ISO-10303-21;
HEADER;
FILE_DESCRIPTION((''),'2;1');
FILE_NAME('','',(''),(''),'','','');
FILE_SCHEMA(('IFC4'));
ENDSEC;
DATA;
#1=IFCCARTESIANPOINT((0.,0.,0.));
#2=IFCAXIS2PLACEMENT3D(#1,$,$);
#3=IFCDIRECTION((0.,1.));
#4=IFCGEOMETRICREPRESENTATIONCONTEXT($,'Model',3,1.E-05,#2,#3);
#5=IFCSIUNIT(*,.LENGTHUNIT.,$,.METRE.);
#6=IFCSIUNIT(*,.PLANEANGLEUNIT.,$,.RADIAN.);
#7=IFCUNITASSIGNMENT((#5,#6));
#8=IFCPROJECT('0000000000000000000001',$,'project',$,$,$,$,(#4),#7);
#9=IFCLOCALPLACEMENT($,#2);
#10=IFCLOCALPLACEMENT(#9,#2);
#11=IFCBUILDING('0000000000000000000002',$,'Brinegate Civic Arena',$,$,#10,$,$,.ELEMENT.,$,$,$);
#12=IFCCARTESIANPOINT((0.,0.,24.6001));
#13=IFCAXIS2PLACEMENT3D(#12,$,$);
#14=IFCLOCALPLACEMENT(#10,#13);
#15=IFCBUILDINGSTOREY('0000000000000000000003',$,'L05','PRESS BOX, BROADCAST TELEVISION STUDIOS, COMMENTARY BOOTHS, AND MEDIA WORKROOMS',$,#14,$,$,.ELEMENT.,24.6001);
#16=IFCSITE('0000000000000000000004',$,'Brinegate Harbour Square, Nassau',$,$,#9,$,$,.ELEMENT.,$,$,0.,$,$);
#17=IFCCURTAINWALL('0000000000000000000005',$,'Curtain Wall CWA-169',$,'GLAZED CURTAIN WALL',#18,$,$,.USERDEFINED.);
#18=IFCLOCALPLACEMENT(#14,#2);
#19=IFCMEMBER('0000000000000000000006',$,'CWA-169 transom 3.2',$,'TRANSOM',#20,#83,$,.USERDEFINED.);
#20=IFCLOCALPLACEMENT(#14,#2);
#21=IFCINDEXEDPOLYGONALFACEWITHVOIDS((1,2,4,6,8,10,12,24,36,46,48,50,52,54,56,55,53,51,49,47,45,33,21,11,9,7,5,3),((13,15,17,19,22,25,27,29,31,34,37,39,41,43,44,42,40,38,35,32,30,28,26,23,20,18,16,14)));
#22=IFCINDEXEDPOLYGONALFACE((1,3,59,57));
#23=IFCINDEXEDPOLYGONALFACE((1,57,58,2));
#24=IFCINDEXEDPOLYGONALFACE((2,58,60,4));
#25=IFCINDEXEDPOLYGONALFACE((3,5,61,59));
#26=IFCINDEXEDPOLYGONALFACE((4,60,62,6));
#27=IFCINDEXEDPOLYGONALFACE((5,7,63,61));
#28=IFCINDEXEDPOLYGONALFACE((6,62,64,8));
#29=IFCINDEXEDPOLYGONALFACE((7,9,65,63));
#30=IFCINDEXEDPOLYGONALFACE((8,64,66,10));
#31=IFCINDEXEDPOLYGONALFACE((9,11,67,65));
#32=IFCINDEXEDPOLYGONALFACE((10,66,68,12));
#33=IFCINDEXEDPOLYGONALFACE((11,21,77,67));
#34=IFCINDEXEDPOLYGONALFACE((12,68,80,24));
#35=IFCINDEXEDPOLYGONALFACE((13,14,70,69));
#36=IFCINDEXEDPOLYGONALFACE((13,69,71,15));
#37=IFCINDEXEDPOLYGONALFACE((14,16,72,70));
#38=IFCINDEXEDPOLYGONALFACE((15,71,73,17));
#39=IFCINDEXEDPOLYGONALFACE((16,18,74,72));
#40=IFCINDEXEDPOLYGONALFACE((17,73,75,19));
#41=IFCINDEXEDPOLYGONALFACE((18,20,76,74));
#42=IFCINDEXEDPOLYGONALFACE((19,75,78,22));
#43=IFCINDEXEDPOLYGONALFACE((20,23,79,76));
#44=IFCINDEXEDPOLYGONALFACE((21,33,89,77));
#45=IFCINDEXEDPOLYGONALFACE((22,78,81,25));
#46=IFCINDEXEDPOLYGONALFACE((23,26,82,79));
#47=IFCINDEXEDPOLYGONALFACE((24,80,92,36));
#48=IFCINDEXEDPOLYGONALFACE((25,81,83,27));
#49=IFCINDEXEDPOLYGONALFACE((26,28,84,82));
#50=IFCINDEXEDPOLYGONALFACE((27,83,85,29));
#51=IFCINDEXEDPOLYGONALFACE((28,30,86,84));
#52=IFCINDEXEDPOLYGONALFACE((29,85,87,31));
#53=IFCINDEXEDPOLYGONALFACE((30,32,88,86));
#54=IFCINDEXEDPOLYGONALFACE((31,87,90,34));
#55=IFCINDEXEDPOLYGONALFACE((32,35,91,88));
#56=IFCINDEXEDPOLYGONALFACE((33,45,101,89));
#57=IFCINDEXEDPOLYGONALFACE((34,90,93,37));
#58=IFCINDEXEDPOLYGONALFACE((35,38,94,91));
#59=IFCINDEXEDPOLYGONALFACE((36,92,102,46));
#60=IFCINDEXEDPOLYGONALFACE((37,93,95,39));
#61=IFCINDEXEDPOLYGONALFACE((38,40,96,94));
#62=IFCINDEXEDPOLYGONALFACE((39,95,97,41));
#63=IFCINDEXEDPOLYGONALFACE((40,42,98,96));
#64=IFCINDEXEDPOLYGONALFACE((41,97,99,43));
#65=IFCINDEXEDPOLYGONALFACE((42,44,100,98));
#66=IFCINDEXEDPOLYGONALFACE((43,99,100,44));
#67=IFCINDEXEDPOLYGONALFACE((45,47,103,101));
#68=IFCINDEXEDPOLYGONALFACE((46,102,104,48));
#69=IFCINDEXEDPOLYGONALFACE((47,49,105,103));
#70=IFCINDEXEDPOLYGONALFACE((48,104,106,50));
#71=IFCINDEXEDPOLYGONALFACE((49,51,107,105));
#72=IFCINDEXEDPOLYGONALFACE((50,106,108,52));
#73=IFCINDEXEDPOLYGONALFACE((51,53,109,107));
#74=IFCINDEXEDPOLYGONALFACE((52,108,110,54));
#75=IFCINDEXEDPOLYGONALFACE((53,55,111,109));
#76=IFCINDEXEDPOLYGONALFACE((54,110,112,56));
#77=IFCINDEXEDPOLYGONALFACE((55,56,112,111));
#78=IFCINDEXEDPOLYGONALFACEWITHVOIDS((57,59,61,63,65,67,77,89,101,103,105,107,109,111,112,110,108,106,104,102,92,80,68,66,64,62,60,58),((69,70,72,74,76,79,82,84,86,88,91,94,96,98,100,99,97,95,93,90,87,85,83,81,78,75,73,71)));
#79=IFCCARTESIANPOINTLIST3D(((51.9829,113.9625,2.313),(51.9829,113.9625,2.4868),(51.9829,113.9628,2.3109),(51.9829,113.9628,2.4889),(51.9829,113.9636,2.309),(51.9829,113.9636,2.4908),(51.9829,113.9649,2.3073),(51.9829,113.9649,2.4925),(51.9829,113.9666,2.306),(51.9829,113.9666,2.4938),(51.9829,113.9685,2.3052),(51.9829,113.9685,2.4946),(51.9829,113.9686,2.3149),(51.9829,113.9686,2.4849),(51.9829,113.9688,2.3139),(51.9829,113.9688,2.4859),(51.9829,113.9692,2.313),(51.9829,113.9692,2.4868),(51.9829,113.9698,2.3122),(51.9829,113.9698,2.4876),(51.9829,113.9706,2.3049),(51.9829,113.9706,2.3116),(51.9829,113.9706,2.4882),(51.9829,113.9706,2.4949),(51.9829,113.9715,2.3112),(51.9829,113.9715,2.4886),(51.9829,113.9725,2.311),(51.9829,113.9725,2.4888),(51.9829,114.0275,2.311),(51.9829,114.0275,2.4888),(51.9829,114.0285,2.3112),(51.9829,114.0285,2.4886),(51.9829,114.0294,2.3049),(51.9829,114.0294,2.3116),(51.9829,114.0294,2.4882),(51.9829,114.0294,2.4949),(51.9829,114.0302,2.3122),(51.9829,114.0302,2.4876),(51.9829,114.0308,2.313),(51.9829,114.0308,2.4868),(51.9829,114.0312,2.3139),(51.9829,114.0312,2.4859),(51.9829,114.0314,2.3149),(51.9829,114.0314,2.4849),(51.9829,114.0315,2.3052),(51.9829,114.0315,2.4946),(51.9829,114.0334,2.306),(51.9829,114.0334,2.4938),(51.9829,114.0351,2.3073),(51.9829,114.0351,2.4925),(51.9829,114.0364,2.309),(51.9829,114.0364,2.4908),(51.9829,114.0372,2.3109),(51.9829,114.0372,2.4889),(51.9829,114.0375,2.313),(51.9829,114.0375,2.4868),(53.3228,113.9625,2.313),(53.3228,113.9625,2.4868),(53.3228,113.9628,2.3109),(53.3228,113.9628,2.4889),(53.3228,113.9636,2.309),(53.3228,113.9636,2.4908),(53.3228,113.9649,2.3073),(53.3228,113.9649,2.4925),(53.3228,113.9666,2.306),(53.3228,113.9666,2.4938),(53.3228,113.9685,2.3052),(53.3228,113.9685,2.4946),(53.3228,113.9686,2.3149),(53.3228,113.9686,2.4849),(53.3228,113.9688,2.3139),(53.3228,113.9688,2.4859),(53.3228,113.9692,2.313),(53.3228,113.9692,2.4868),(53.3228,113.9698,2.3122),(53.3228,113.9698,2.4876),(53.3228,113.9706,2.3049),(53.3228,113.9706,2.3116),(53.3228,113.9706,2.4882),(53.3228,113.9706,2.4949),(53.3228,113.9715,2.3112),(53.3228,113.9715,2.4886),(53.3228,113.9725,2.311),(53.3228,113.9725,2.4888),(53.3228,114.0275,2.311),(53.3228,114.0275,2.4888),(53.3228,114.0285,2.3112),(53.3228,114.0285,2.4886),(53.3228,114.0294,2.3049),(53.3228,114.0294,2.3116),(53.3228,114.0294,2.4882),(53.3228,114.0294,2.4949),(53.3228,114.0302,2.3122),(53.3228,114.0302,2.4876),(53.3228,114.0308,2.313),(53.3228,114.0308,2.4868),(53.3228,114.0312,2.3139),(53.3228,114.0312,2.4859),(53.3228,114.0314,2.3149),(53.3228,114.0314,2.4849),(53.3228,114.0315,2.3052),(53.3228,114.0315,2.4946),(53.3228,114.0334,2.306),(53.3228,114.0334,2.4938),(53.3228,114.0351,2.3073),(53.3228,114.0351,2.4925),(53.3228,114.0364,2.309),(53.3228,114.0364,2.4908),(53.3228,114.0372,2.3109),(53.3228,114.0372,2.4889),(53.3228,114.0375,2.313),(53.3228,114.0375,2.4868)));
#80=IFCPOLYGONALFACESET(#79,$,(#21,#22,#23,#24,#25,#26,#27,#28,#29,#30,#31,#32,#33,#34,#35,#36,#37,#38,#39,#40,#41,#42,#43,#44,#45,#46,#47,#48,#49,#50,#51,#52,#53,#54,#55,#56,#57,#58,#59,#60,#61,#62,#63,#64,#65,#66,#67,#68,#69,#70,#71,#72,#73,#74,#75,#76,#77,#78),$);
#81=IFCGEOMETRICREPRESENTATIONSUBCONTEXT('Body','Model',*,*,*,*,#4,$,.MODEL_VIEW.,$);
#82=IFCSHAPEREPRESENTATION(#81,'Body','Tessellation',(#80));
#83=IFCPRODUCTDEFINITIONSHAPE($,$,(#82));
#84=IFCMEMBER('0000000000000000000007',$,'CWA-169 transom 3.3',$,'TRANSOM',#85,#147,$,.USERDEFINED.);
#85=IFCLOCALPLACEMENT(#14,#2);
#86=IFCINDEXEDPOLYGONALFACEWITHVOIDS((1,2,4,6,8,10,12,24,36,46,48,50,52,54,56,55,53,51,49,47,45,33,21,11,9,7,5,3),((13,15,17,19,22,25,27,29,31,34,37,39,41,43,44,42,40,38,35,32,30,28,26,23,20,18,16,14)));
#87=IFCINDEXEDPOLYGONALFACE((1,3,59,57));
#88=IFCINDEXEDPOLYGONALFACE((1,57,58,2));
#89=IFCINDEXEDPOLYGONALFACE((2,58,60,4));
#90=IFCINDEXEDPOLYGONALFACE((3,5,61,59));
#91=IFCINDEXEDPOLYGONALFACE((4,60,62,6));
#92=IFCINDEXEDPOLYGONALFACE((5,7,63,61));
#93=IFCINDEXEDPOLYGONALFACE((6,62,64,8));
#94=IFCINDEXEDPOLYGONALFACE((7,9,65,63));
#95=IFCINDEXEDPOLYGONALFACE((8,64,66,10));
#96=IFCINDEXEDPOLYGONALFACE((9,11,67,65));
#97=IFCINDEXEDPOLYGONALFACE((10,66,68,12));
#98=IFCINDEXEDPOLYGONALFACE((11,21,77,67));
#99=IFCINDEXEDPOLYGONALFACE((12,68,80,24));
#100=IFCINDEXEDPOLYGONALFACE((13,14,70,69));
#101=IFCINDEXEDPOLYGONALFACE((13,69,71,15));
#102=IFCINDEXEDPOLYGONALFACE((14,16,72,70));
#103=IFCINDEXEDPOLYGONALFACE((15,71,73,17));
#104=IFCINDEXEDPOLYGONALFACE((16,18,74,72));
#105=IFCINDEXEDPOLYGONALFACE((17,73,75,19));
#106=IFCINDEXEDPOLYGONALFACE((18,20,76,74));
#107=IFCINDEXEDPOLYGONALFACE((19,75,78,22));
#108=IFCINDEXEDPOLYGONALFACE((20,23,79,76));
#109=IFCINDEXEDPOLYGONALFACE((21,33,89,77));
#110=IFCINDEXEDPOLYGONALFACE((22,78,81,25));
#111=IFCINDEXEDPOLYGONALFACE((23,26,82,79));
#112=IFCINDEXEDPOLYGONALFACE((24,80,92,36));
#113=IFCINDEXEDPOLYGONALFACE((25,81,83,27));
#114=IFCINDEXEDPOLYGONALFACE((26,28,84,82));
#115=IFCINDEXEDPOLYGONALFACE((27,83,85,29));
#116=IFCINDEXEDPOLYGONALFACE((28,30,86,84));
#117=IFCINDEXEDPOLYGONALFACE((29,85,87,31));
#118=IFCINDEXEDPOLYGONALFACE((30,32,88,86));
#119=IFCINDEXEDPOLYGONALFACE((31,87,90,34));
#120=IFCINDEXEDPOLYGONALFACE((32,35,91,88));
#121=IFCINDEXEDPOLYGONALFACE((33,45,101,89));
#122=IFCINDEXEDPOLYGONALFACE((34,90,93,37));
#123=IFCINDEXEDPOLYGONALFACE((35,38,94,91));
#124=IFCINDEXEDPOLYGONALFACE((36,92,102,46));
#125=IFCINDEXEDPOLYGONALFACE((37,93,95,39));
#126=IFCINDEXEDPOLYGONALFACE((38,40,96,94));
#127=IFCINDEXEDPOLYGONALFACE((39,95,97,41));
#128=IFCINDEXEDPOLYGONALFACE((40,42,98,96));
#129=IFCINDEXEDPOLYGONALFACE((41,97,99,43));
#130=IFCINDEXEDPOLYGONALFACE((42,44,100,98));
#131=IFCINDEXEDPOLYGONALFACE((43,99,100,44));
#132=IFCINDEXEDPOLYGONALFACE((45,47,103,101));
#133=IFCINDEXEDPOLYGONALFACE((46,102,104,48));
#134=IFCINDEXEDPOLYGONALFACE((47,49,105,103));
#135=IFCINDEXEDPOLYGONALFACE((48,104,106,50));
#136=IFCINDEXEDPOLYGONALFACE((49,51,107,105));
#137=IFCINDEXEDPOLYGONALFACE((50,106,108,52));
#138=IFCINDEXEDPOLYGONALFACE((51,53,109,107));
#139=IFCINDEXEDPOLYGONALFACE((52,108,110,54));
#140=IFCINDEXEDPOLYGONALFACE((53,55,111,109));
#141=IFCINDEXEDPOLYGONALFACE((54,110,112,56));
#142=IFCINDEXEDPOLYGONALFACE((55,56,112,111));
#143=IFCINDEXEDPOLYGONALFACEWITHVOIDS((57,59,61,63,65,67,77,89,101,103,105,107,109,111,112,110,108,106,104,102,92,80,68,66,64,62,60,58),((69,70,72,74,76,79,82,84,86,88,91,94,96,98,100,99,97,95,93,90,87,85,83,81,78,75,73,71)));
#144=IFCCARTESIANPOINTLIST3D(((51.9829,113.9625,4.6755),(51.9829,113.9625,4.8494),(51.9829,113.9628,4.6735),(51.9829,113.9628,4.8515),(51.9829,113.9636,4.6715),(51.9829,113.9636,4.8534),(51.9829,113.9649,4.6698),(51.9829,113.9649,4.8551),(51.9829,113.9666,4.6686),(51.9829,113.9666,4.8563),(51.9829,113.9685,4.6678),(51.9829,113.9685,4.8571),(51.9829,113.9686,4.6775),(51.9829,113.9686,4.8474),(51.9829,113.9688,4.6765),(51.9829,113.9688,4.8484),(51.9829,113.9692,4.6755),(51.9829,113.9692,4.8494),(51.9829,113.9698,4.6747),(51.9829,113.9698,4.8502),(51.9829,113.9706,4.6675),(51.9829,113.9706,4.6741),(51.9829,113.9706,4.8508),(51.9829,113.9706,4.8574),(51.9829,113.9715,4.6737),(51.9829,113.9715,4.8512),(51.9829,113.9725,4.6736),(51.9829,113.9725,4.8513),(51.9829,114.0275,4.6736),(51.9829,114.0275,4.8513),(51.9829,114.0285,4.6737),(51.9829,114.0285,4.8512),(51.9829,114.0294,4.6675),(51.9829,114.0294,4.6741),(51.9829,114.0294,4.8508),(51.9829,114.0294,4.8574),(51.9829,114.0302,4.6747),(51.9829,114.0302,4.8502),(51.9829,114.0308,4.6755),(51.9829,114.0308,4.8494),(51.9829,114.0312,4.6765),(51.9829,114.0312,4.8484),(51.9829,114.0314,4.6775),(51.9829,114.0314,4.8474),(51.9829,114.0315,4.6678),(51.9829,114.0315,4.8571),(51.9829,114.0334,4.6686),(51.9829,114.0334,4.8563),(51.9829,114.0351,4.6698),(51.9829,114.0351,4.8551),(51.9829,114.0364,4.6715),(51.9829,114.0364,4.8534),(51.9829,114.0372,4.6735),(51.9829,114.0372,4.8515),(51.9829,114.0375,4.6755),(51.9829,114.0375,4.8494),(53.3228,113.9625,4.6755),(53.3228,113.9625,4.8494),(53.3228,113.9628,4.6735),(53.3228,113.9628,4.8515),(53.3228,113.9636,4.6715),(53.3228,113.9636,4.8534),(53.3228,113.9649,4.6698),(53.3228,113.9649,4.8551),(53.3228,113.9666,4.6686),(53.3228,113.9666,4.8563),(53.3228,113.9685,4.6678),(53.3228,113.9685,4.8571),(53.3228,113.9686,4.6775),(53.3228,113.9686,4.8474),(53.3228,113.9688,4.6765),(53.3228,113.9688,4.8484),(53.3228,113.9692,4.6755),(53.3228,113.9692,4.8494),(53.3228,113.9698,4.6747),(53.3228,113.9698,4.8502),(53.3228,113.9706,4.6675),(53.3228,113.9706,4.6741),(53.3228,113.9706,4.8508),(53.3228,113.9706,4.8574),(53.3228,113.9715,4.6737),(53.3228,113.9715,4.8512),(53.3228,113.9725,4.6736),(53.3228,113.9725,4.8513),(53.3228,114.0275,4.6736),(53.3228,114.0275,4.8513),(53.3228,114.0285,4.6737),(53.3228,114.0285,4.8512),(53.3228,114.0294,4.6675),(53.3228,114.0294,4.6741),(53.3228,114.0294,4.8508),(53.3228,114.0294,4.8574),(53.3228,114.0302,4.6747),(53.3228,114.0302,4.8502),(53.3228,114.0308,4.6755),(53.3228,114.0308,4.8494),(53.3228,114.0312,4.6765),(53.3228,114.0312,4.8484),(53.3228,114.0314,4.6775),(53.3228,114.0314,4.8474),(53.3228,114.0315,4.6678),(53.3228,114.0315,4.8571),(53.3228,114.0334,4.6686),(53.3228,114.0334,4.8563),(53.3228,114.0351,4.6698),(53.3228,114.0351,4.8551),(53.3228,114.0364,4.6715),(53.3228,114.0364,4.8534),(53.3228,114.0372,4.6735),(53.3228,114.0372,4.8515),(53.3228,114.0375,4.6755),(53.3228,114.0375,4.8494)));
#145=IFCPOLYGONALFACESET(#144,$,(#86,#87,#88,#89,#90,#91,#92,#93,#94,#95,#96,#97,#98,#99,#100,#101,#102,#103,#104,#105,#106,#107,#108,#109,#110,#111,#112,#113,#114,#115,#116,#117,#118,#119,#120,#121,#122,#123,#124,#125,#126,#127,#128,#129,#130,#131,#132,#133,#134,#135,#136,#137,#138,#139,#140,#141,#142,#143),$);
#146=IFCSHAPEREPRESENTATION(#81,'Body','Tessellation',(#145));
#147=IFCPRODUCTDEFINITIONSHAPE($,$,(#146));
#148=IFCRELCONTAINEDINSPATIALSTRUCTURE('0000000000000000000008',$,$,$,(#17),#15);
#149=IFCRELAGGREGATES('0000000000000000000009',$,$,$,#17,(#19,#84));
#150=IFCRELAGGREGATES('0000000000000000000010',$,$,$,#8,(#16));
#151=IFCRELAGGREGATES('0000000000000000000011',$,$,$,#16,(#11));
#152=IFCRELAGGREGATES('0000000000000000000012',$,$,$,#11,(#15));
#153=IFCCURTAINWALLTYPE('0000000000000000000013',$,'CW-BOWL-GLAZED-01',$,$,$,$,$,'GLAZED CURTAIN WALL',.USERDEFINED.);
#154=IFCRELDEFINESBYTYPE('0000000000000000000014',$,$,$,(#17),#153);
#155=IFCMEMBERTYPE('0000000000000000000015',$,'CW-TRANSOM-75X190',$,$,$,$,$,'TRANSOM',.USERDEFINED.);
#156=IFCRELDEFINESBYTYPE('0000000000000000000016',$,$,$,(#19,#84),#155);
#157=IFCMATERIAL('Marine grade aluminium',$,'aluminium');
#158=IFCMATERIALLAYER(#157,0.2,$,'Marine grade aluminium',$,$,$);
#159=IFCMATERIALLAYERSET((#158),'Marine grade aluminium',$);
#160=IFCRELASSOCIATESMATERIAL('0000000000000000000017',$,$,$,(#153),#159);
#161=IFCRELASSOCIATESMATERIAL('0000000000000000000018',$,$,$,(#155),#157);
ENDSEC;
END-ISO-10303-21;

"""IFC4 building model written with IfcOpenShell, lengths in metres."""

from ifc_helpers import new_model, si_unit, direction, frame, origin, origin_2d, place, context, subcontext, project, spatial, hollow_rectangle, extrude, material, layer, layer_set, material_profile, profile_set, type_object, element, aggregate, save


model = new_model("IFC4")

# Units and contexts
model_context = context("Model", 3, precision=1e-05, world=origin(), true_north=direction((0.0, 1.0)))
body_context = subcontext(model_context, "Body", "Model", "MODEL_VIEW")
ifc_project = project(units=[si_unit("LENGTHUNIT", "METRE"), si_unit("PLANEANGLEUNIT", "RADIAN")], contexts=[model_context])

# Site, building, storey
site_placement = place(None, origin())
site = spatial("IfcSite", under=ifc_project, at=site_placement, Name="Brinegate Harbour Square, Nassau", CompositionType="ELEMENT", RefElevation=0.0)
building_placement = place(site_placement, origin())
building = spatial("IfcBuilding", under=site, at=building_placement, Name="Brinegate Civic Arena", CompositionType="ELEMENT")
storey_placement = place(building_placement, frame((0.0, 0.0, 24.6001)))
storey = spatial("IfcBuildingStorey", under=building, at=storey_placement, Name="L05", Description="PRESS BOX, BROADCAST TELEVISION STUDIOS, COMMENTARY BOOTHS, AND MEDIA WORKROOMS", CompositionType="ELEMENT", Elevation=24.6001)

# Curtain wall
ifc_material_1 = material(Name="Marine grade aluminium", Category="aluminium")
ifc_layer_1 = layer(ifc_material_1, 0.2, Name="Marine grade aluminium")
ifc_layer_set_1 = layer_set([ifc_layer_1], Name="Marine grade aluminium")
curtain_wall_type = type_object("IfcCurtainWallType", Name="CW-BOWL-GLAZED-01", ElementType="GLAZED CURTAIN WALL", PredefinedType="USERDEFINED", material=ifc_layer_set_1)
curtain_wall_1_placement = place(storey_placement, origin())
curtain_wall_1 = element("IfcCurtainWall", 1, at=curtain_wall_1_placement, inside=storey, type_object=curtain_wall_type, Name="Curtain Wall CWA-169", ObjectType="GLAZED CURTAIN WALL", PredefinedType="USERDEFINED")

# Members
ifc_material_profile_1 = material_profile(ifc_material_1, hollow_rectangle(XDim=0.075, YDim=0.1899, WallThickness=0.0061, InnerFilletRadius=0.0039, OuterFilletRadius=0.0081, at=origin_2d()), Name="TRN75X190")
ifc_profile_set_1 = profile_set([ifc_material_profile_1], Name="Marine grade aluminium")
member_type_1 = type_object("IfcMemberType", Name="CW-TRANSOM-75X190", ElementType="TRANSOM", PredefinedType="USERDEFINED", material=ifc_profile_set_1)
member_1_placement = place(storey_placement, frame((51.9829, 114.0, 2.3999), z_axis=(1.0, 0.0, 0.0), x_axis=(0.0, 1.0, 0.0)))
member_1 = element("IfcMember", 2, at=member_1_placement, type_object=member_type_1, Name="CWA-169 transom 3.2", ObjectType="TRANSOM", PredefinedType="USERDEFINED", context=body_context, shape_type="SweptSolid", body=[
    extrude(hollow_rectangle(XDim=0.075, YDim=0.1899, WallThickness=0.0061, InnerFilletRadius=0.0039, OuterFilletRadius=0.0081, at=origin_2d()), origin(), (0.0, 0.0, 1.0), 1.3398),
])
member_2_placement = place(storey_placement, frame((51.9829, 114.0, 4.7625), z_axis=(1.0, 0.0, 0.0), x_axis=(0.0, 1.0, 0.0)))
member_2 = element("IfcMember", 3, at=member_2_placement, type_object=member_type_1, Name="CWA-169 transom 3.3", ObjectType="TRANSOM", PredefinedType="USERDEFINED", context=body_context, shape_type="SweptSolid", body=[
    extrude(hollow_rectangle(XDim=0.075, YDim=0.1899, WallThickness=0.0061, InnerFilletRadius=0.0039, OuterFilletRadius=0.0081, at=origin_2d()), origin(), (0.0, 0.0, 1.0), 1.3398),
])

aggregate(curtain_wall_1, [member_1, member_2])

save(model, "model.ifc")
